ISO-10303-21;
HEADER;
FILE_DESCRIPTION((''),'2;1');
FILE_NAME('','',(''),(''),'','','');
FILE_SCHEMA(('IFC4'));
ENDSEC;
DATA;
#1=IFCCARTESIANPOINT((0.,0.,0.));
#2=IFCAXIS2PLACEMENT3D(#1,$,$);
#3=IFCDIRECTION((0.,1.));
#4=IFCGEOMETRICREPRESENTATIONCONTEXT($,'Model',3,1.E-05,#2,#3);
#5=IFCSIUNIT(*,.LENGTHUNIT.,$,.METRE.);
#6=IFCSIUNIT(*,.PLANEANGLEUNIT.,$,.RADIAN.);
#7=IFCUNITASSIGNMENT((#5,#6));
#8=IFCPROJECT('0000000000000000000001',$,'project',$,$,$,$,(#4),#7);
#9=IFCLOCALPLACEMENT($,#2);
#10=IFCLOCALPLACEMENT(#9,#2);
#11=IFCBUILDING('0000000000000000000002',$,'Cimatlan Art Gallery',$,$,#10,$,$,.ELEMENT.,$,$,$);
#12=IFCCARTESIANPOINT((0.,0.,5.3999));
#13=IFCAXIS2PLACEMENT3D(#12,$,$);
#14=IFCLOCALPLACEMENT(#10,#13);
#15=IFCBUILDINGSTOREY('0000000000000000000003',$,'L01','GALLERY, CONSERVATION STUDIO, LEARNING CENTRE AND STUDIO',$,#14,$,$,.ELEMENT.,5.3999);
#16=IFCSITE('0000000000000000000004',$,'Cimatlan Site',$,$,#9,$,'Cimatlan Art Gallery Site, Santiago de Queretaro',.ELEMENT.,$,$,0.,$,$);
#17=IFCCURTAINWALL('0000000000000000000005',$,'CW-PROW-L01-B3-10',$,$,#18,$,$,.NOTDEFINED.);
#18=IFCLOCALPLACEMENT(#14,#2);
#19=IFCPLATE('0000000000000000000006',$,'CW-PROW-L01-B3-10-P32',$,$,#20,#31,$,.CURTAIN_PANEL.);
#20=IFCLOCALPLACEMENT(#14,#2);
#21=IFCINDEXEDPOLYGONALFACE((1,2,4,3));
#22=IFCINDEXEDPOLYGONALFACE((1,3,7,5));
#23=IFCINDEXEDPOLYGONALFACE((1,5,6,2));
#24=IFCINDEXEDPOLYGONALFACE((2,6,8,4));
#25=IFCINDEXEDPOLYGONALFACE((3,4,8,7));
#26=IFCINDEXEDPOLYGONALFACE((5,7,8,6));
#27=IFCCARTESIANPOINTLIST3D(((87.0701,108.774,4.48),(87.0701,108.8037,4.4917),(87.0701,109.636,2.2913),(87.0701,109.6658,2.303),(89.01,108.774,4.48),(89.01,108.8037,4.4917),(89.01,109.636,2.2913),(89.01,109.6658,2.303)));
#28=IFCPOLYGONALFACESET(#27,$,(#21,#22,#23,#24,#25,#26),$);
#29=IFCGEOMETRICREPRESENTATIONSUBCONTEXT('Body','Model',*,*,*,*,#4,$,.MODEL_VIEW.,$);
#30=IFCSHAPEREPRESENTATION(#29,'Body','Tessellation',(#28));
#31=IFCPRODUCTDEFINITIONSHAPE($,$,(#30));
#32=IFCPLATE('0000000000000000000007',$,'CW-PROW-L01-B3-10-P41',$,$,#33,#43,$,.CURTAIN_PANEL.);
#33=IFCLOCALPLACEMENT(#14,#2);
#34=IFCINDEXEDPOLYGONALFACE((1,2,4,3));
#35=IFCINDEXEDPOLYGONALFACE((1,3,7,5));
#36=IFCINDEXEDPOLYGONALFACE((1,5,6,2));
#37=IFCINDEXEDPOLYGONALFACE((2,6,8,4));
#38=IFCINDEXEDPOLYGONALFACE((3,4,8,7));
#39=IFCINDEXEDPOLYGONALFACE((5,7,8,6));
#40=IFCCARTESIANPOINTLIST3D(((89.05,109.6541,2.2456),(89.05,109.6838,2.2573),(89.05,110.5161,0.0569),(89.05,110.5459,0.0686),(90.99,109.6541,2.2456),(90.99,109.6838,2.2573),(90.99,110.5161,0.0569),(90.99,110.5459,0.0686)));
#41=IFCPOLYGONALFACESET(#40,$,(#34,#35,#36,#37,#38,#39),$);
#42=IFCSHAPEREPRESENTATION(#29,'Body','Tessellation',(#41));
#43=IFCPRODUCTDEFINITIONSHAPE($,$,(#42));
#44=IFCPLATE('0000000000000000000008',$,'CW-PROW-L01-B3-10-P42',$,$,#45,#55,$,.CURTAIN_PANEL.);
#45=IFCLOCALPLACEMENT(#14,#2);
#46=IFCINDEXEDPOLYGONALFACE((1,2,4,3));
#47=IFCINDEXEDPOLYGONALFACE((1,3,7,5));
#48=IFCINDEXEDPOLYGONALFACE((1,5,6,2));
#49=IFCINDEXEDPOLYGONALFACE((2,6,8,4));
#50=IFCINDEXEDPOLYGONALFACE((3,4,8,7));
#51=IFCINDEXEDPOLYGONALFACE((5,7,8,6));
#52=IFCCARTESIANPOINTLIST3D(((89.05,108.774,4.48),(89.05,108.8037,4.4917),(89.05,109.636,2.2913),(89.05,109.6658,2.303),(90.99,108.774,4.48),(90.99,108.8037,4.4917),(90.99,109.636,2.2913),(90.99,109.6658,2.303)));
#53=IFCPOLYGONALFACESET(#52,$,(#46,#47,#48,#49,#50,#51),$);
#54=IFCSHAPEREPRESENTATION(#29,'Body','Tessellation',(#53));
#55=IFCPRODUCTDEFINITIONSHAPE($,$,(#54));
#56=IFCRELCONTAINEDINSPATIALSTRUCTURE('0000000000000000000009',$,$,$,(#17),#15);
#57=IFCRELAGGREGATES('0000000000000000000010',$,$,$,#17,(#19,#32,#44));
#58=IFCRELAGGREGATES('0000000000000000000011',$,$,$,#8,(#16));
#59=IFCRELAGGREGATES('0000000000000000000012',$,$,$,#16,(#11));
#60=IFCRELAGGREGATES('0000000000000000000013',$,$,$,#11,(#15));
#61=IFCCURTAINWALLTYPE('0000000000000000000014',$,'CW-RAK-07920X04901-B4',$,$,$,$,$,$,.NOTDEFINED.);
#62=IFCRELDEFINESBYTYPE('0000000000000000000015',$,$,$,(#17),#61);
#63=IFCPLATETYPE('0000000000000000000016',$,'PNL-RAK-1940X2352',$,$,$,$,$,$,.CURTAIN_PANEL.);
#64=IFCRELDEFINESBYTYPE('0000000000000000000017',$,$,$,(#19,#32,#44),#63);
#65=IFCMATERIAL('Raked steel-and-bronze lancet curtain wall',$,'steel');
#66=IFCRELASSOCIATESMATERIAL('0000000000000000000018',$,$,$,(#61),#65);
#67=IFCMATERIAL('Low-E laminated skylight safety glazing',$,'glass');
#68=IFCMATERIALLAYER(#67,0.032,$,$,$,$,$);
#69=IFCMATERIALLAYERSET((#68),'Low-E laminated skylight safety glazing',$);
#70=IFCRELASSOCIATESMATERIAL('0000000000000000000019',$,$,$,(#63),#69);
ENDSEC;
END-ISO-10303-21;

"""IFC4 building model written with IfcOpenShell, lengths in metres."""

from ifc_helpers import new_model, si_unit, direction, frame, origin, place, context, subcontext, project, spatial, polyline, outline, extrude, material, layer, layer_set, type_object, element, aggregate, save


model = new_model("IFC4")

# Units and contexts
model_context = context("Model", 3, precision=1e-05, world=origin(), true_north=direction((0.0, 1.0)))
body_context = subcontext(model_context, "Body", "Model", "MODEL_VIEW")
ifc_project = project(units=[si_unit("LENGTHUNIT", "METRE"), si_unit("PLANEANGLEUNIT", "RADIAN")], contexts=[model_context])

# Site, building, storey
site_placement = place(None, origin())
site = spatial("IfcSite", under=ifc_project, at=site_placement, Name="Cimatlan Site", LongName="Cimatlan Art Gallery Site, Santiago de Queretaro", CompositionType="ELEMENT", RefElevation=0.0)
building_placement = place(site_placement, origin())
building = spatial("IfcBuilding", under=site, at=building_placement, Name="Cimatlan Art Gallery", CompositionType="ELEMENT")
storey_placement = place(building_placement, frame((0.0, 0.0, 5.3999)))
storey = spatial("IfcBuildingStorey", under=building, at=storey_placement, Name="L01", Description="GALLERY, CONSERVATION STUDIO, LEARNING CENTRE AND STUDIO", CompositionType="ELEMENT", Elevation=5.3999)

# Curtain wall
ifc_material_1 = material(Name="Raked steel-and-bronze lancet curtain wall", Category="steel")
curtain_wall_type_1 = type_object("IfcCurtainWallType", Name="CW-RAK-07920X04901-B4", PredefinedType="NOTDEFINED", material=ifc_material_1)
curtain_wall_1_placement = place(storey_placement, origin())
curtain_wall_1 = element("IfcCurtainWall", 1, at=curtain_wall_1_placement, inside=storey, type_object=curtain_wall_type_1, Name="CW-PROW-L01-B3-10", PredefinedType="NOTDEFINED")

# Plates
ifc_material_2 = material(Name="Low-E laminated skylight safety glazing", Category="glass")
ifc_layer_1 = layer(ifc_material_2, 0.032)
ifc_layer_set_1 = layer_set([ifc_layer_1], Name="Low-E laminated skylight safety glazing")
plate_type_1 = type_object("IfcPlateType", Name="PNL-RAK-1940X2352", PredefinedType="CURTAIN_PANEL", material=ifc_layer_set_1)
plate_1_placement = place(storey_placement, frame((87.0701, 109.6658, 2.303), z_axis=(0.0, 0.930432, 0.366465), x_axis=(1.0, 0.0, 0.0)))
plate_1 = element("IfcPlate", 2, at=plate_1_placement, type_object=plate_type_1, Name="CW-PROW-L01-B3-10-P32", PredefinedType="CURTAIN_PANEL", context=body_context, shape_type="SweptSolid", body=[
    extrude(outline(polyline([(0.0, 0.0), (1.9399, 0.0), (1.9399, -2.3524), (0.0, -2.3524), (0.0, 0.0)])), origin(), (0.0, 0.0, -1.0), 0.032),
])
plate_2_placement = place(storey_placement, frame((89.05, 110.5459, 0.0686), z_axis=(0.0, 0.930432, 0.366465), x_axis=(1.0, 0.0, 0.0)))
plate_2 = element("IfcPlate", 3, at=plate_2_placement, type_object=plate_type_1, Name="CW-PROW-L01-B3-10-P41", PredefinedType="CURTAIN_PANEL", context=body_context, shape_type="SweptSolid", body=[
    extrude(outline(polyline([(0.0, 0.0), (1.9399, 0.0), (1.9399, -2.3524), (0.0, -2.3524), (0.0, 0.0)])), origin(), (0.0, 0.0, -1.0), 0.032),
])
plate_3_placement = place(storey_placement, frame((89.05, 109.6658, 2.303), z_axis=(0.0, 0.930432, 0.366465), x_axis=(1.0, 0.0, 0.0)))
plate_3 = element("IfcPlate", 4, at=plate_3_placement, type_object=plate_type_1, Name="CW-PROW-L01-B3-10-P42", PredefinedType="CURTAIN_PANEL", context=body_context, shape_type="SweptSolid", body=[
    extrude(outline(polyline([(0.0, 0.0), (1.9399, 0.0), (1.9399, -2.3524), (0.0, -2.3524), (0.0, 0.0)])), origin(), (0.0, 0.0, -1.0), 0.032),
])
aggregate(curtain_wall_1, [plate_1, plate_2, plate_3])

save(model, "model.ifc")
